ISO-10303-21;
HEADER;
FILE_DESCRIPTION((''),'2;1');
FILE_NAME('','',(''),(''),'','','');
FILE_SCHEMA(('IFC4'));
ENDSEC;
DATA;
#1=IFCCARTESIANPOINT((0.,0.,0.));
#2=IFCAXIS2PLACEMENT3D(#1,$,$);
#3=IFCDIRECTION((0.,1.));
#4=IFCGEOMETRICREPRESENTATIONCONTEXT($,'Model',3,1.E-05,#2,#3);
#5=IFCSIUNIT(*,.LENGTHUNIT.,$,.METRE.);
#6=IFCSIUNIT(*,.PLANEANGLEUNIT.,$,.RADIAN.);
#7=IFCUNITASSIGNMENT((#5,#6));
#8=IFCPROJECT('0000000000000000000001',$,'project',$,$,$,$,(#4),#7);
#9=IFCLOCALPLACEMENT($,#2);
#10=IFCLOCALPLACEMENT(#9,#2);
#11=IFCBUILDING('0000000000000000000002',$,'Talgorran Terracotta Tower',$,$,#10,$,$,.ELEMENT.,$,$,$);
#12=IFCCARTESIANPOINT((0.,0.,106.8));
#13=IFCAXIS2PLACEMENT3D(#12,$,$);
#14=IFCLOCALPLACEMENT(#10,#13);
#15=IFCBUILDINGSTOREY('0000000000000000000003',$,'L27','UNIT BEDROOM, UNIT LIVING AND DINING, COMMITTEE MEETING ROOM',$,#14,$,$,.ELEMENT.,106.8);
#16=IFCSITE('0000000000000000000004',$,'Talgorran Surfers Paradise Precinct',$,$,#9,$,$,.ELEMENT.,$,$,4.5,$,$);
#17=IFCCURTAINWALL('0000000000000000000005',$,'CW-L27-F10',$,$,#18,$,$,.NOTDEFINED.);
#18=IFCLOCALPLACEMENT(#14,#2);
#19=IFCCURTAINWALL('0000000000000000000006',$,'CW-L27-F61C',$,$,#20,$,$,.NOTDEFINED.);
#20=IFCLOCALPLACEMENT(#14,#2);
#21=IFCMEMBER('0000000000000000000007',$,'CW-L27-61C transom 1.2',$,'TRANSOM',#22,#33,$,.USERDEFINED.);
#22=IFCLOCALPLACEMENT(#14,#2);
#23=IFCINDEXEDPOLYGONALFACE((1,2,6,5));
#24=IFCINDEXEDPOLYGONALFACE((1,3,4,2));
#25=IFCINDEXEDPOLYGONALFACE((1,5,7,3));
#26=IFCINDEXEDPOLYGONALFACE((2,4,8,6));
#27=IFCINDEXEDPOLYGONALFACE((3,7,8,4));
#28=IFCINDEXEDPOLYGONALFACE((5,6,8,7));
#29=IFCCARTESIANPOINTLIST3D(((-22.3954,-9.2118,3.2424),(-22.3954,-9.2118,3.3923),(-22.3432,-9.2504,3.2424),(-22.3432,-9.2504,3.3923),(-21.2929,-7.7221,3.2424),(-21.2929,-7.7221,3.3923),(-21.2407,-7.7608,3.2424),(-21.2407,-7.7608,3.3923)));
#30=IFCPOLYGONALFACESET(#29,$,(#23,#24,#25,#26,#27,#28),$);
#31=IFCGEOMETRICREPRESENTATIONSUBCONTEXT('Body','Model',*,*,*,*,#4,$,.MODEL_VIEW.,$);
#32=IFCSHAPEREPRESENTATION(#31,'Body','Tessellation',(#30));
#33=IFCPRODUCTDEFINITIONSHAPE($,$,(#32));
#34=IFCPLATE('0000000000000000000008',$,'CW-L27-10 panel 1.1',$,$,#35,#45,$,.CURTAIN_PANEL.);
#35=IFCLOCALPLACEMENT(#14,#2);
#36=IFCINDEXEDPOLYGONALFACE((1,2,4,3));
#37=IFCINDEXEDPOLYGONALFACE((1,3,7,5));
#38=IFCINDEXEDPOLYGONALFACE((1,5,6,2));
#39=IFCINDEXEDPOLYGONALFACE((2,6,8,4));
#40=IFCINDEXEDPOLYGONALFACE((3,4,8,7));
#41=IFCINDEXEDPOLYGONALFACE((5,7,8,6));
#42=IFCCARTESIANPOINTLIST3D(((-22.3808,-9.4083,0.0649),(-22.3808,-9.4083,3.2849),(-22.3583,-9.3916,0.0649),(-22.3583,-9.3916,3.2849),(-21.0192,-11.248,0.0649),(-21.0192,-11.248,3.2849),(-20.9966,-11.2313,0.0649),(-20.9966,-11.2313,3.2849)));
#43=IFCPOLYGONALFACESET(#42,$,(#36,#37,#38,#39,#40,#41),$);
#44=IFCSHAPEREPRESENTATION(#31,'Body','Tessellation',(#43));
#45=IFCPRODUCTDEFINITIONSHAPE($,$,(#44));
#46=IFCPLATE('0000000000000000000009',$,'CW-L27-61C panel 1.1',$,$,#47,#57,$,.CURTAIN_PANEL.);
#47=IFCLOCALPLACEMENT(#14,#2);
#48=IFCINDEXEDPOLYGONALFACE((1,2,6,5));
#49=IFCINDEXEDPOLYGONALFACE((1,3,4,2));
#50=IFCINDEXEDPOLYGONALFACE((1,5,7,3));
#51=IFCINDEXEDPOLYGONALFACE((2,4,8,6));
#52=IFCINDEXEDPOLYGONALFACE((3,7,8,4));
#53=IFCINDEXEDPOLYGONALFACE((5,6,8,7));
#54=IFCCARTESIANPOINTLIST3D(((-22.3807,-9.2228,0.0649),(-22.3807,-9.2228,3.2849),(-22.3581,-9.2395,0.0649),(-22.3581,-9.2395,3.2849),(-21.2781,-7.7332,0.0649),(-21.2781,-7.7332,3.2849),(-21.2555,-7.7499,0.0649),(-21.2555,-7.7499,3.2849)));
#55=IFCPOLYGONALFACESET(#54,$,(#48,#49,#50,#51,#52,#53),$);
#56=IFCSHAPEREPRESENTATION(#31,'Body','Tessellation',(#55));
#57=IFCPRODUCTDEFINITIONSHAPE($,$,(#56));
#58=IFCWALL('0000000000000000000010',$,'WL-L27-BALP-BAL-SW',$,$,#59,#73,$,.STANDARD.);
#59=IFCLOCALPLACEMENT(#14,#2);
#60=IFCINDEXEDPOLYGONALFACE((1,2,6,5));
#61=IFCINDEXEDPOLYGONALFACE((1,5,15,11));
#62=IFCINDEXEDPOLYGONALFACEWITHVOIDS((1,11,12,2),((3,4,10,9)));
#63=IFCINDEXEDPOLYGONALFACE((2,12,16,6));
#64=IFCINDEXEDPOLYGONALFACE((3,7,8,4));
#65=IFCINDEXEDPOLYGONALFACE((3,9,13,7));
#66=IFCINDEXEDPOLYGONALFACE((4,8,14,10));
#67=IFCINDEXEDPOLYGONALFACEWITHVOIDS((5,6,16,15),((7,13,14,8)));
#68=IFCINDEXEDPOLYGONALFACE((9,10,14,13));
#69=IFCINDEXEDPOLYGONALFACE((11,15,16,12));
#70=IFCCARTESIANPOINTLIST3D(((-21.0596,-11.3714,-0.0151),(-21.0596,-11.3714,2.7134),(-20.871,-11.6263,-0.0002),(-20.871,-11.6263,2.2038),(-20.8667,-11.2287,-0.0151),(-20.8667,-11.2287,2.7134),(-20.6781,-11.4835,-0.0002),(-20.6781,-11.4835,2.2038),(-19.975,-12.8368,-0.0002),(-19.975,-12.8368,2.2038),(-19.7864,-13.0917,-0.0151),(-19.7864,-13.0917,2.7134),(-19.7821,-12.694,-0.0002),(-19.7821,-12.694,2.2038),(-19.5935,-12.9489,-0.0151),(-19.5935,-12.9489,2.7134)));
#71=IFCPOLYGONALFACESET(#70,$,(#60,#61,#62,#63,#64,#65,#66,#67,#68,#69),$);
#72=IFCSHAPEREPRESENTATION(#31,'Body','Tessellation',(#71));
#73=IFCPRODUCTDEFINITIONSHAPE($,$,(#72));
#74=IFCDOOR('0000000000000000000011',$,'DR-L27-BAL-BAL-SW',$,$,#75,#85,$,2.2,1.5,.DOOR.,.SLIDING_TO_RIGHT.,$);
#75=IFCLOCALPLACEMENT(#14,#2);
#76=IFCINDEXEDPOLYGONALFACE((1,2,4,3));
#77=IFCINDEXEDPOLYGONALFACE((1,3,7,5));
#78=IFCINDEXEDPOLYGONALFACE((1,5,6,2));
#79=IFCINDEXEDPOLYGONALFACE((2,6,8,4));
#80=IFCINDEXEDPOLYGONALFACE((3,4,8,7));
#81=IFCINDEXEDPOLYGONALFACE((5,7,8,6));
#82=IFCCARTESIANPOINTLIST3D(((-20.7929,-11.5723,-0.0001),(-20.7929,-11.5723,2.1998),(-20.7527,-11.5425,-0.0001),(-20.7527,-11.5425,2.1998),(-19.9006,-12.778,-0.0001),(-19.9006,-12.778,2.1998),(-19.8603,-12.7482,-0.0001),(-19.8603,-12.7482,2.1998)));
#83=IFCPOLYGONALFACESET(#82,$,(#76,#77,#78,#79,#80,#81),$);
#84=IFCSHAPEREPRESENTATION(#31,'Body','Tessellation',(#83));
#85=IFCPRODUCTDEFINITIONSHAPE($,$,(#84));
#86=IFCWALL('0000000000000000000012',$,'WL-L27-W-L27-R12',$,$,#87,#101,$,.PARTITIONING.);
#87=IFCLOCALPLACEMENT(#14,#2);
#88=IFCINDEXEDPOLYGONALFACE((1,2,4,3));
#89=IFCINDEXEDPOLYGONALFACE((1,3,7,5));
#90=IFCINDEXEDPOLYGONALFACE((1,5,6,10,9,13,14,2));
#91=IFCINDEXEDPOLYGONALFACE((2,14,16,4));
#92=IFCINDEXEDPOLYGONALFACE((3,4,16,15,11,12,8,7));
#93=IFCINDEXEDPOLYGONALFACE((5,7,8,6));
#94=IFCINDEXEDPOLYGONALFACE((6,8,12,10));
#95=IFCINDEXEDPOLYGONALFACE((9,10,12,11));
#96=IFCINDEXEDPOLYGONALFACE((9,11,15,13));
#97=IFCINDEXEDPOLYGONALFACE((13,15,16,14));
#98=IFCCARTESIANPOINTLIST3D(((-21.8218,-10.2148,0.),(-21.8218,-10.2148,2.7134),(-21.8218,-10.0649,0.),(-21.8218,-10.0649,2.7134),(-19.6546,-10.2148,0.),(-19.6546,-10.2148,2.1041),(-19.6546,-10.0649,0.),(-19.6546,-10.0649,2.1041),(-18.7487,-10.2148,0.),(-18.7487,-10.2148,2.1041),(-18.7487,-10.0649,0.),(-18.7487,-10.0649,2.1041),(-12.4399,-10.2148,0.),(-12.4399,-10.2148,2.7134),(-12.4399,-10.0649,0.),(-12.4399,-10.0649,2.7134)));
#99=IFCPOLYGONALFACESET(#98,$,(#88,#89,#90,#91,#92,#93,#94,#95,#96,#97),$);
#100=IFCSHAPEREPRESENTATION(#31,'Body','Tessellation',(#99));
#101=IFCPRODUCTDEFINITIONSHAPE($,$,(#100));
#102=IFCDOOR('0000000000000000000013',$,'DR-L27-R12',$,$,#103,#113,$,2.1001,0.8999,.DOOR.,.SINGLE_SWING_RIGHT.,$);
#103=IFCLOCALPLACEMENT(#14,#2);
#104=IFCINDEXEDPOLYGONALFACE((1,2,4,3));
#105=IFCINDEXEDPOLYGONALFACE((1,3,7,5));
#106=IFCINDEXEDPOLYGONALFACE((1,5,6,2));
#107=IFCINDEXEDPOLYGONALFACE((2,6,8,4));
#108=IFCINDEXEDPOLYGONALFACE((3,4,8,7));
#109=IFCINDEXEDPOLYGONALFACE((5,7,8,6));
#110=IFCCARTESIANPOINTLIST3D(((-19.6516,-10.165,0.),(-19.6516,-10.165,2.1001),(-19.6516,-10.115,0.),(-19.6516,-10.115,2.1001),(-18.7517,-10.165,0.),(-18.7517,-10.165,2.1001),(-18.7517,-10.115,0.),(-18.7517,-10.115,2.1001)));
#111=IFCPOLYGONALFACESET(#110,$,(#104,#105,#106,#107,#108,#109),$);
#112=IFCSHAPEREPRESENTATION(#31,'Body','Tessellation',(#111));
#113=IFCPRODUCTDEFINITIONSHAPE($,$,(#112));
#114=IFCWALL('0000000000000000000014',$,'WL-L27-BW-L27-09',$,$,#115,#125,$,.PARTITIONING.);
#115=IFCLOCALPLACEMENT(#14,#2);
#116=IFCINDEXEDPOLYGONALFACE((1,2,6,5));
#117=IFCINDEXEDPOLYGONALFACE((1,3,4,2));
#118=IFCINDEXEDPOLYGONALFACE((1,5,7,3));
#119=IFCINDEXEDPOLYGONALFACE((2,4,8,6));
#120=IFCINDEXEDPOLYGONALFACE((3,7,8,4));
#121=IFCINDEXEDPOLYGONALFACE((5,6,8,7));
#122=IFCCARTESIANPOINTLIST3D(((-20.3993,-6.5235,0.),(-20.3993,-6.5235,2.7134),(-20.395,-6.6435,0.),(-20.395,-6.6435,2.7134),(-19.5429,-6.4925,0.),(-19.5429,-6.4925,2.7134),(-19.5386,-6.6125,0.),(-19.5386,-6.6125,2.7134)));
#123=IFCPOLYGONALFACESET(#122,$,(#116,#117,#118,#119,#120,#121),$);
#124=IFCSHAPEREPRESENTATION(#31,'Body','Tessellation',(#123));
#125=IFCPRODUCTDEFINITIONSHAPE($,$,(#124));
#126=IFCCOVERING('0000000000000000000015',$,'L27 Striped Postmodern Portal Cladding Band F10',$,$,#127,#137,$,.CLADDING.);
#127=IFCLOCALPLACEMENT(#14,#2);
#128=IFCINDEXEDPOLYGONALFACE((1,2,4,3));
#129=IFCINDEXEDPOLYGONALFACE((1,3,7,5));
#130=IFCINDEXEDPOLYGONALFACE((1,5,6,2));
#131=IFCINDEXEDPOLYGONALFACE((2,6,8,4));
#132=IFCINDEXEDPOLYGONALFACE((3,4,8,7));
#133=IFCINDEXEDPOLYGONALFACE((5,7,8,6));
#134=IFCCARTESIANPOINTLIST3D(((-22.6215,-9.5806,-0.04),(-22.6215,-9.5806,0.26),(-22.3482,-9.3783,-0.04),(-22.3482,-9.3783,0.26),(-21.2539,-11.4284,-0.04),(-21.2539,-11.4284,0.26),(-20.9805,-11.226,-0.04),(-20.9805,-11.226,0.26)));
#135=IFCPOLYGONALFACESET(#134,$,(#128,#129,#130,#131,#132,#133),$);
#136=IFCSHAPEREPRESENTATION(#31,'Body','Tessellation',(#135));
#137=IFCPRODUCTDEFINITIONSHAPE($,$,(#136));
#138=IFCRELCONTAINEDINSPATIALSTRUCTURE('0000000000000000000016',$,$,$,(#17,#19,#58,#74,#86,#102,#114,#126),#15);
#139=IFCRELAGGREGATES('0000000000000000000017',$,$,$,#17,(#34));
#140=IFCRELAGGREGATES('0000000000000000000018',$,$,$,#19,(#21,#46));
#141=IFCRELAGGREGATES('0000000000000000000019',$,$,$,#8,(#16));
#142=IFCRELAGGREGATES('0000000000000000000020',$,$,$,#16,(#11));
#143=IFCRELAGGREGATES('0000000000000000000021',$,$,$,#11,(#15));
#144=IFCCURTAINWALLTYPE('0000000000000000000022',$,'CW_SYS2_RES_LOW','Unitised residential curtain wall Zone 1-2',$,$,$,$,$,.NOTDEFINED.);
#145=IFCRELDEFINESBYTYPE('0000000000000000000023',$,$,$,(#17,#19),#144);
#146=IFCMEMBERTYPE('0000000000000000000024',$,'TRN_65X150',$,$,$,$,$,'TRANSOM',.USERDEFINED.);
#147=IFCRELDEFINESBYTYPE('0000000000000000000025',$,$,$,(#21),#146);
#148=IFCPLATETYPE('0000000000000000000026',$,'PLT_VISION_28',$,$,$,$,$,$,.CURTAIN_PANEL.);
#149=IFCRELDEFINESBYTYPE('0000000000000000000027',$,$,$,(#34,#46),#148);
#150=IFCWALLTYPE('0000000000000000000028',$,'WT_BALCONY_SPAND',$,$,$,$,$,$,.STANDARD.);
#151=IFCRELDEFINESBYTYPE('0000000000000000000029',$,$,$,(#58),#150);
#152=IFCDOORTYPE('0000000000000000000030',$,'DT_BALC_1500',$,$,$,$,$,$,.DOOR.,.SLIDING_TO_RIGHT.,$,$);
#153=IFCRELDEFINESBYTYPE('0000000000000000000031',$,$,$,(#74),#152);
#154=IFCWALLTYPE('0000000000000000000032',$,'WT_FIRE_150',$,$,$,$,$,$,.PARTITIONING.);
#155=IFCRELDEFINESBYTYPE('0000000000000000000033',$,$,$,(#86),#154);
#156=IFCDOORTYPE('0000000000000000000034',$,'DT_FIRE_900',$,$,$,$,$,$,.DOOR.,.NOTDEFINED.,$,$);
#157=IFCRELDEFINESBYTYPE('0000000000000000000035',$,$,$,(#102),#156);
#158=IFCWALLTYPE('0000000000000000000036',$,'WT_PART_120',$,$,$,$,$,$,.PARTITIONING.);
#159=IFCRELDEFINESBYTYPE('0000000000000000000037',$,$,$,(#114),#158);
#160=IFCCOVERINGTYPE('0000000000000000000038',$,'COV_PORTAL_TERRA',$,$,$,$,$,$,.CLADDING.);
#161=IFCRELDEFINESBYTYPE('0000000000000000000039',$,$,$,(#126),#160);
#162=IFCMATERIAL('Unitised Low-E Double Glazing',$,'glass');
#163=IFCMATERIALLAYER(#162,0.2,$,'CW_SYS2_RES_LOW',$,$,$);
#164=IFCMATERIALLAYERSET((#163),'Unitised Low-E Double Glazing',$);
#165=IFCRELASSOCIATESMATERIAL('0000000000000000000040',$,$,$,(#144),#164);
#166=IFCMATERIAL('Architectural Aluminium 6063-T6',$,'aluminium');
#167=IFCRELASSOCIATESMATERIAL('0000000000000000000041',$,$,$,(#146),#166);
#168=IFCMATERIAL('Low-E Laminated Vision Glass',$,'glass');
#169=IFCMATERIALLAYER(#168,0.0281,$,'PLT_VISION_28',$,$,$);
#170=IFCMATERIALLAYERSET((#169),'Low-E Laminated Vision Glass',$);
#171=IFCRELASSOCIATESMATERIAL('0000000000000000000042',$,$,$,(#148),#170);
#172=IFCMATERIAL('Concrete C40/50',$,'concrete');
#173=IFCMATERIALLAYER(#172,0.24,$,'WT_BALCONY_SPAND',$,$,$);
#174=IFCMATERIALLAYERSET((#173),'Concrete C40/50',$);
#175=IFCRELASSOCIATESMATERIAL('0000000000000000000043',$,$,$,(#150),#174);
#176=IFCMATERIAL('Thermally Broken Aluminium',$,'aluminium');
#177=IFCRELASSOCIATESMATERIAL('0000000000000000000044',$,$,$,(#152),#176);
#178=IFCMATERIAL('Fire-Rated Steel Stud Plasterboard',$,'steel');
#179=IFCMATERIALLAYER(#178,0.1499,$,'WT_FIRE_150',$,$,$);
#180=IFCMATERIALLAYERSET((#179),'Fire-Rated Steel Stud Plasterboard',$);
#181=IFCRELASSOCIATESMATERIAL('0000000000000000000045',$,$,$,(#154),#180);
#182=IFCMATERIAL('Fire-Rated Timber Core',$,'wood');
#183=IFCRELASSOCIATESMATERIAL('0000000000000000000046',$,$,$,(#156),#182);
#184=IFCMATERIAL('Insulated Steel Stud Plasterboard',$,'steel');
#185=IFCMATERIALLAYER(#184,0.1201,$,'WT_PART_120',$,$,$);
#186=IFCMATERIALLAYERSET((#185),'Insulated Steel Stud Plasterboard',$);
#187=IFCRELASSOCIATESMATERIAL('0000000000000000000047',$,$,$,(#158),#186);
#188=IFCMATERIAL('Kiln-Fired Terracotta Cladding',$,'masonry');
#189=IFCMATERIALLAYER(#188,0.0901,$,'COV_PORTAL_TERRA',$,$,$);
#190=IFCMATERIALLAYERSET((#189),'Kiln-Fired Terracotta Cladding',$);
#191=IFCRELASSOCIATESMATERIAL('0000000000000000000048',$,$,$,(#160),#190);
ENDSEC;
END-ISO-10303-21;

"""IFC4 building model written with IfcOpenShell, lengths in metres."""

from ifc_helpers import new_model, si_unit, direction, frame, frame_2d, origin, origin_2d, place, context, subcontext, project, spatial, rectangle, extrude, source, transform, mapped, material, layer, layer_set, material_profile, profile_set, type_object, type_shapes, element, fill, aggregate, save


model = new_model("IFC4")

# Units and contexts
model_context = context("Model", 3, precision=1e-05, world=origin(), true_north=direction((0.0, 1.0)))
body_context = subcontext(model_context, "Body", "Model", "MODEL_VIEW")
ifc_project = project(units=[si_unit("LENGTHUNIT", "METRE"), si_unit("PLANEANGLEUNIT", "RADIAN")], contexts=[model_context])

# Site, building, storey
site_placement = place(None, origin())
site = spatial("IfcSite", under=ifc_project, at=site_placement, Name="Talgorran Surfers Paradise Precinct", CompositionType="ELEMENT", RefElevation=4.5)
building_placement = place(site_placement, origin())
building = spatial("IfcBuilding", under=site, at=building_placement, Name="Talgorran Terracotta Tower", CompositionType="ELEMENT")
storey_placement = place(building_placement, frame((0.0, 0.0, 106.8)))
storey = spatial("IfcBuildingStorey", under=building, at=storey_placement, Name="L27", Description="UNIT BEDROOM, UNIT LIVING AND DINING, COMMITTEE MEETING ROOM", CompositionType="ELEMENT", Elevation=106.8)

# Curtain wall
ifc_material_1 = material(Name="Unitised Low-E Double Glazing", Category="glass")
ifc_layer_1 = layer(ifc_material_1, 0.2, Name="CW_SYS2_RES_LOW")
ifc_layer_set_1 = layer_set([ifc_layer_1], Name="Unitised Low-E Double Glazing")
curtain_wall_type = type_object("IfcCurtainWallType", Name="CW_SYS2_RES_LOW", Description="Unitised residential curtain wall Zone 1-2", PredefinedType="NOTDEFINED", material=ifc_layer_set_1)
curtain_wall_1_placement = place(storey_placement, origin())
curtain_wall_1 = element("IfcCurtainWall", 1, at=curtain_wall_1_placement, inside=storey, type_object=curtain_wall_type, Name="CW-L27-F10", PredefinedType="NOTDEFINED")
ifc_material_2 = material(Name="Architectural Aluminium 6063-T6", Category="aluminium")

# Curtain wall
curtain_wall_2_placement = place(storey_placement, origin())
curtain_wall_2 = element("IfcCurtainWall", 2, at=curtain_wall_2_placement, inside=storey, type_object=curtain_wall_type, Name="CW-L27-F61C", PredefinedType="NOTDEFINED")

# Member
ifc_material_profile_1 = material_profile(ifc_material_2, rectangle(XDim=0.0649, YDim=0.1499, at=origin_2d()), Name="CWT65X150")
ifc_profile_set_1 = profile_set([ifc_material_profile_1], Name="Architectural Aluminium 6063-T6")
member_type_1 = type_object("IfcMemberType", Name="TRN_65X150", ElementType="TRANSOM", PredefinedType="USERDEFINED", material=ifc_profile_set_1)
member_1_placement = place(storey_placement, frame((-21.2668, -7.7415, 3.3174), z_axis=(-0.594887, -0.803809, 0.0), x_axis=(0.803809, -0.594887, 0.0)))
member_1 = element("IfcMember", 3, at=member_1_placement, type_object=member_type_1, Name="CW-L27-61C transom 1.2", ObjectType="TRANSOM", PredefinedType="USERDEFINED", context=body_context, shape_type="SweptSolid", body=[
    extrude(rectangle(XDim=0.0649, YDim=0.1499, at=origin_2d()), origin(), (0.0, 0.0, 1.0), 1.8533),
])

# Plates
ifc_material_3 = material(Name="Low-E Laminated Vision Glass", Category="glass")
ifc_layer_2 = layer(ifc_material_3, 0.0281, Name="PLT_VISION_28")
ifc_layer_set_2 = layer_set([ifc_layer_2], Name="Low-E Laminated Vision Glass")
plate_type = type_object("IfcPlateType", Name="PLT_VISION_28", PredefinedType="CURTAIN_PANEL", material=ifc_layer_set_2)
shared_shape_1 = source(origin(), body_context, "Body", "SweptSolid", [
    extrude(rectangle(XDim=2.2888, YDim=0.0281, at=origin_2d()), origin(), (0.0, 0.0, 1.0), 3.22),
])
plate_1_placement = place(storey_placement, frame((-21.6887, -10.3198, 0.0649), z_axis=(0.0, 0.0, 1.0), x_axis=(0.594921, -0.803784, 0.0)))
plate_1 = element("IfcPlate", 4, at=plate_1_placement, type_object=plate_type, Name="CW-L27-10 panel 1.1", PredefinedType="CURTAIN_PANEL", context=body_context, shape_type="MappedRepresentation", body=[
    mapped(shared_shape_1, transform((0.0, 0.0, 0.0), scale=1.0)),
])
aggregate(curtain_wall_1, [plate_1])
shared_shape_2 = source(origin(), body_context, "Body", "SweptSolid", [
    extrude(rectangle(XDim=1.8533, YDim=0.0281, at=origin_2d()), origin(), (0.0, 0.0, 1.0), 3.22),
])
type_shapes(plate_type, [shared_shape_1, shared_shape_2])
plate_2_placement = place(storey_placement, frame((-21.8181, -8.4863, 0.0649), z_axis=(0.0, 0.0, 1.0), x_axis=(-0.59493, -0.803778, 0.0)))
plate_2 = element("IfcPlate", 5, at=plate_2_placement, type_object=plate_type, Name="CW-L27-61C panel 1.1", PredefinedType="CURTAIN_PANEL", context=body_context, shape_type="MappedRepresentation", body=[
    mapped(shared_shape_2, transform((0.0, 0.0, 0.0), scale=1.0)),
])
aggregate(curtain_wall_2, [member_1, plate_2])

# Walls, openings, doors
ifc_material_4 = material(Name="Concrete C40/50", Category="concrete")
ifc_layer_3 = layer(ifc_material_4, 0.24, Name="WT_BALCONY_SPAND")
ifc_layer_set_3 = layer_set([ifc_layer_3], Name="Concrete C40/50")
wall_type_1 = type_object("IfcWallType", Name="WT_BALCONY_SPAND", PredefinedType="STANDARD", material=ifc_layer_set_3)
wall_1_placement = place(storey_placement, frame((-20.9631, -11.3, -0.0151), z_axis=(0.0, 0.0, 1.0), x_axis=(0.594914, -0.80379, 0.0)))
wall_1 = element("IfcWall", 6, at=wall_1_placement, inside=storey, type_object=wall_type_1, Name="WL-L27-BALP-BAL-SW", PredefinedType="STANDARD", context=body_context, shape_type="SweptSolid", body=[
    extrude(rectangle(XDim=2.1401, YDim=0.24, at=frame_2d((1.0701, 0.0))), origin(), (0.0, 0.0, 1.0), 2.7285),
])
opening_1_placement = place(wall_1_placement, frame((0.3201, 0.0, 0.0149)))
opening_1 = element("IfcOpeningElement", 7, at=opening_1_placement, cuts=wall_1, PredefinedType="OPENING", context=body_context, shape_type="SweptSolid", body=[
    extrude(rectangle(XDim=1.506, YDim=2.204, at=frame_2d((0.75, 1.1021))), frame((0.0, 0.1299, 0.0), z_axis=(0.0, -1.0, 0.0), x_axis=(1.0, 0.0, 0.0)), (0.0, 0.0, 1.0), 0.26),
])
ifc_material_5 = material(Name="Thermally Broken Aluminium", Category="aluminium")
door_type_1 = type_object("IfcDoorType", Name="DT_BALC_1500", OperationType="SLIDING_TO_RIGHT", PredefinedType="DOOR", material=ifc_material_5)
door_1_placement = place(opening_1_placement, origin())
door_1 = element("IfcDoor", 8, at=door_1_placement, inside=storey, type_object=door_type_1, Name="DR-L27-BAL-BAL-SW", OperationType="SLIDING_TO_RIGHT", OverallHeight=2.2, OverallWidth=1.5, PredefinedType="DOOR", context=body_context, shape_type="SweptSolid", body=[
    extrude(rectangle(XDim=1.5, YDim=2.2, at=frame_2d((0.75, 1.1001))), frame((0.0, 0.0249, 0.0), z_axis=(0.0, -1.0, 0.0), x_axis=(1.0, 0.0, 0.0)), (0.0, 0.0, 1.0), 0.05),
])
fill(opening_1, door_1)
ifc_material_6 = material(Name="Fire-Rated Steel Stud Plasterboard", Category="steel")
ifc_layer_4 = layer(ifc_material_6, 0.1499, Name="WT_FIRE_150")
ifc_layer_set_4 = layer_set([ifc_layer_4], Name="Fire-Rated Steel Stud Plasterboard")
wall_type_2 = type_object("IfcWallType", Name="WT_FIRE_150", PredefinedType="PARTITIONING", material=ifc_layer_set_4)
wall_2_placement = place(storey_placement, frame((-21.8218, -10.1399, 0.0), z_axis=(0.0, 0.0, 1.0), x_axis=(1.0, 0.0, 0.0)))
wall_2 = element("IfcWall", 9, at=wall_2_placement, inside=storey, type_object=wall_type_2, Name="WL-L27-W-L27-R12", PredefinedType="PARTITIONING", context=body_context, shape_type="SweptSolid", body=[
    extrude(rectangle(XDim=9.3818, YDim=0.1499, at=frame_2d((4.6909, 0.0))), origin(), (0.0, 0.0, 1.0), 2.7134),
])
opening_2_placement = place(wall_2_placement, frame((2.1702, 0.0, 0.0)))
opening_2 = element("IfcOpeningElement", 10, at=opening_2_placement, cuts=wall_2, PredefinedType="OPENING", context=body_context, shape_type="SweptSolid", body=[
    extrude(rectangle(XDim=0.9059, YDim=2.1041, at=frame_2d((0.45, 1.052))), frame((0.0, 0.085, 0.0), z_axis=(0.0, -1.0, 0.0), x_axis=(1.0, 0.0, 0.0)), (0.0, 0.0, 1.0), 0.1699),
])
ifc_material_7 = material(Name="Fire-Rated Timber Core", Category="wood")
door_type_2 = type_object("IfcDoorType", Name="DT_FIRE_900", OperationType="NOTDEFINED", PredefinedType="DOOR", material=ifc_material_7)
door_2_placement = place(opening_2_placement, origin())
door_2 = element("IfcDoor", 11, at=door_2_placement, inside=storey, type_object=door_type_2, Name="DR-L27-R12", OperationType="SINGLE_SWING_RIGHT", OverallHeight=2.1001, OverallWidth=0.8999, PredefinedType="DOOR", context=body_context, shape_type="SweptSolid", body=[
    extrude(rectangle(XDim=0.8999, YDim=2.1001, at=frame_2d((0.45, 1.05))), frame((0.0, 0.0249, 0.0), z_axis=(0.0, -1.0, 0.0), x_axis=(1.0, 0.0, 0.0)), (0.0, 0.0, 1.0), 0.05),
])
fill(opening_2, door_2)

# Wall
ifc_material_8 = material(Name="Insulated Steel Stud Plasterboard", Category="steel")
ifc_layer_5 = layer(ifc_material_8, 0.1201, Name="WT_PART_120")
ifc_layer_set_5 = layer_set([ifc_layer_5], Name="Insulated Steel Stud Plasterboard")
wall_type_3 = type_object("IfcWallType", Name="WT_PART_120", PredefinedType="PARTITIONING", material=ifc_layer_set_5)
wall_3_placement = place(storey_placement, frame((-19.5408, -6.5525, 0.0), z_axis=(0.0, 0.0, 1.0), x_axis=(-0.999345, -0.036179, 0.0)))
element("IfcWall", 12, at=wall_3_placement, inside=storey, type_object=wall_type_3, Name="WL-L27-BW-L27-09", PredefinedType="PARTITIONING", context=body_context, shape_type="SweptSolid", body=[
    extrude(rectangle(XDim=0.8569, YDim=0.1201, at=frame_2d((0.4285, 0.0))), origin(), (0.0, 0.0, 1.0), 2.7134),
])

# Covering
ifc_material_9 = material(Name="Kiln-Fired Terracotta Cladding", Category="masonry")
ifc_layer_6 = layer(ifc_material_9, 0.0901, Name="COV_PORTAL_TERRA")
ifc_layer_set_6 = layer_set([ifc_layer_6], Name="Kiln-Fired Terracotta Cladding")
covering_type = type_object("IfcCoveringType", Name="COV_PORTAL_TERRA", PredefinedType="CLADDING", material=ifc_layer_set_6)
covering_placement = place(storey_placement, frame((-21.801, -10.4033, -0.04), z_axis=(0.0, 0.0, 1.0), x_axis=(0.594921, -0.803784, 0.0)))
element("IfcCovering", 13, at=covering_placement, inside=storey, type_object=covering_type, Name="L27 Striped Postmodern Portal Cladding Band F10", PredefinedType="CLADDING", context=body_context, shape_type="SweptSolid", body=[
    extrude(rectangle(XDim=2.2988, YDim=0.3401, at=origin_2d()), origin(), (0.0, 0.0, 1.0), 0.3),
])

save(model, "model.ifc")
